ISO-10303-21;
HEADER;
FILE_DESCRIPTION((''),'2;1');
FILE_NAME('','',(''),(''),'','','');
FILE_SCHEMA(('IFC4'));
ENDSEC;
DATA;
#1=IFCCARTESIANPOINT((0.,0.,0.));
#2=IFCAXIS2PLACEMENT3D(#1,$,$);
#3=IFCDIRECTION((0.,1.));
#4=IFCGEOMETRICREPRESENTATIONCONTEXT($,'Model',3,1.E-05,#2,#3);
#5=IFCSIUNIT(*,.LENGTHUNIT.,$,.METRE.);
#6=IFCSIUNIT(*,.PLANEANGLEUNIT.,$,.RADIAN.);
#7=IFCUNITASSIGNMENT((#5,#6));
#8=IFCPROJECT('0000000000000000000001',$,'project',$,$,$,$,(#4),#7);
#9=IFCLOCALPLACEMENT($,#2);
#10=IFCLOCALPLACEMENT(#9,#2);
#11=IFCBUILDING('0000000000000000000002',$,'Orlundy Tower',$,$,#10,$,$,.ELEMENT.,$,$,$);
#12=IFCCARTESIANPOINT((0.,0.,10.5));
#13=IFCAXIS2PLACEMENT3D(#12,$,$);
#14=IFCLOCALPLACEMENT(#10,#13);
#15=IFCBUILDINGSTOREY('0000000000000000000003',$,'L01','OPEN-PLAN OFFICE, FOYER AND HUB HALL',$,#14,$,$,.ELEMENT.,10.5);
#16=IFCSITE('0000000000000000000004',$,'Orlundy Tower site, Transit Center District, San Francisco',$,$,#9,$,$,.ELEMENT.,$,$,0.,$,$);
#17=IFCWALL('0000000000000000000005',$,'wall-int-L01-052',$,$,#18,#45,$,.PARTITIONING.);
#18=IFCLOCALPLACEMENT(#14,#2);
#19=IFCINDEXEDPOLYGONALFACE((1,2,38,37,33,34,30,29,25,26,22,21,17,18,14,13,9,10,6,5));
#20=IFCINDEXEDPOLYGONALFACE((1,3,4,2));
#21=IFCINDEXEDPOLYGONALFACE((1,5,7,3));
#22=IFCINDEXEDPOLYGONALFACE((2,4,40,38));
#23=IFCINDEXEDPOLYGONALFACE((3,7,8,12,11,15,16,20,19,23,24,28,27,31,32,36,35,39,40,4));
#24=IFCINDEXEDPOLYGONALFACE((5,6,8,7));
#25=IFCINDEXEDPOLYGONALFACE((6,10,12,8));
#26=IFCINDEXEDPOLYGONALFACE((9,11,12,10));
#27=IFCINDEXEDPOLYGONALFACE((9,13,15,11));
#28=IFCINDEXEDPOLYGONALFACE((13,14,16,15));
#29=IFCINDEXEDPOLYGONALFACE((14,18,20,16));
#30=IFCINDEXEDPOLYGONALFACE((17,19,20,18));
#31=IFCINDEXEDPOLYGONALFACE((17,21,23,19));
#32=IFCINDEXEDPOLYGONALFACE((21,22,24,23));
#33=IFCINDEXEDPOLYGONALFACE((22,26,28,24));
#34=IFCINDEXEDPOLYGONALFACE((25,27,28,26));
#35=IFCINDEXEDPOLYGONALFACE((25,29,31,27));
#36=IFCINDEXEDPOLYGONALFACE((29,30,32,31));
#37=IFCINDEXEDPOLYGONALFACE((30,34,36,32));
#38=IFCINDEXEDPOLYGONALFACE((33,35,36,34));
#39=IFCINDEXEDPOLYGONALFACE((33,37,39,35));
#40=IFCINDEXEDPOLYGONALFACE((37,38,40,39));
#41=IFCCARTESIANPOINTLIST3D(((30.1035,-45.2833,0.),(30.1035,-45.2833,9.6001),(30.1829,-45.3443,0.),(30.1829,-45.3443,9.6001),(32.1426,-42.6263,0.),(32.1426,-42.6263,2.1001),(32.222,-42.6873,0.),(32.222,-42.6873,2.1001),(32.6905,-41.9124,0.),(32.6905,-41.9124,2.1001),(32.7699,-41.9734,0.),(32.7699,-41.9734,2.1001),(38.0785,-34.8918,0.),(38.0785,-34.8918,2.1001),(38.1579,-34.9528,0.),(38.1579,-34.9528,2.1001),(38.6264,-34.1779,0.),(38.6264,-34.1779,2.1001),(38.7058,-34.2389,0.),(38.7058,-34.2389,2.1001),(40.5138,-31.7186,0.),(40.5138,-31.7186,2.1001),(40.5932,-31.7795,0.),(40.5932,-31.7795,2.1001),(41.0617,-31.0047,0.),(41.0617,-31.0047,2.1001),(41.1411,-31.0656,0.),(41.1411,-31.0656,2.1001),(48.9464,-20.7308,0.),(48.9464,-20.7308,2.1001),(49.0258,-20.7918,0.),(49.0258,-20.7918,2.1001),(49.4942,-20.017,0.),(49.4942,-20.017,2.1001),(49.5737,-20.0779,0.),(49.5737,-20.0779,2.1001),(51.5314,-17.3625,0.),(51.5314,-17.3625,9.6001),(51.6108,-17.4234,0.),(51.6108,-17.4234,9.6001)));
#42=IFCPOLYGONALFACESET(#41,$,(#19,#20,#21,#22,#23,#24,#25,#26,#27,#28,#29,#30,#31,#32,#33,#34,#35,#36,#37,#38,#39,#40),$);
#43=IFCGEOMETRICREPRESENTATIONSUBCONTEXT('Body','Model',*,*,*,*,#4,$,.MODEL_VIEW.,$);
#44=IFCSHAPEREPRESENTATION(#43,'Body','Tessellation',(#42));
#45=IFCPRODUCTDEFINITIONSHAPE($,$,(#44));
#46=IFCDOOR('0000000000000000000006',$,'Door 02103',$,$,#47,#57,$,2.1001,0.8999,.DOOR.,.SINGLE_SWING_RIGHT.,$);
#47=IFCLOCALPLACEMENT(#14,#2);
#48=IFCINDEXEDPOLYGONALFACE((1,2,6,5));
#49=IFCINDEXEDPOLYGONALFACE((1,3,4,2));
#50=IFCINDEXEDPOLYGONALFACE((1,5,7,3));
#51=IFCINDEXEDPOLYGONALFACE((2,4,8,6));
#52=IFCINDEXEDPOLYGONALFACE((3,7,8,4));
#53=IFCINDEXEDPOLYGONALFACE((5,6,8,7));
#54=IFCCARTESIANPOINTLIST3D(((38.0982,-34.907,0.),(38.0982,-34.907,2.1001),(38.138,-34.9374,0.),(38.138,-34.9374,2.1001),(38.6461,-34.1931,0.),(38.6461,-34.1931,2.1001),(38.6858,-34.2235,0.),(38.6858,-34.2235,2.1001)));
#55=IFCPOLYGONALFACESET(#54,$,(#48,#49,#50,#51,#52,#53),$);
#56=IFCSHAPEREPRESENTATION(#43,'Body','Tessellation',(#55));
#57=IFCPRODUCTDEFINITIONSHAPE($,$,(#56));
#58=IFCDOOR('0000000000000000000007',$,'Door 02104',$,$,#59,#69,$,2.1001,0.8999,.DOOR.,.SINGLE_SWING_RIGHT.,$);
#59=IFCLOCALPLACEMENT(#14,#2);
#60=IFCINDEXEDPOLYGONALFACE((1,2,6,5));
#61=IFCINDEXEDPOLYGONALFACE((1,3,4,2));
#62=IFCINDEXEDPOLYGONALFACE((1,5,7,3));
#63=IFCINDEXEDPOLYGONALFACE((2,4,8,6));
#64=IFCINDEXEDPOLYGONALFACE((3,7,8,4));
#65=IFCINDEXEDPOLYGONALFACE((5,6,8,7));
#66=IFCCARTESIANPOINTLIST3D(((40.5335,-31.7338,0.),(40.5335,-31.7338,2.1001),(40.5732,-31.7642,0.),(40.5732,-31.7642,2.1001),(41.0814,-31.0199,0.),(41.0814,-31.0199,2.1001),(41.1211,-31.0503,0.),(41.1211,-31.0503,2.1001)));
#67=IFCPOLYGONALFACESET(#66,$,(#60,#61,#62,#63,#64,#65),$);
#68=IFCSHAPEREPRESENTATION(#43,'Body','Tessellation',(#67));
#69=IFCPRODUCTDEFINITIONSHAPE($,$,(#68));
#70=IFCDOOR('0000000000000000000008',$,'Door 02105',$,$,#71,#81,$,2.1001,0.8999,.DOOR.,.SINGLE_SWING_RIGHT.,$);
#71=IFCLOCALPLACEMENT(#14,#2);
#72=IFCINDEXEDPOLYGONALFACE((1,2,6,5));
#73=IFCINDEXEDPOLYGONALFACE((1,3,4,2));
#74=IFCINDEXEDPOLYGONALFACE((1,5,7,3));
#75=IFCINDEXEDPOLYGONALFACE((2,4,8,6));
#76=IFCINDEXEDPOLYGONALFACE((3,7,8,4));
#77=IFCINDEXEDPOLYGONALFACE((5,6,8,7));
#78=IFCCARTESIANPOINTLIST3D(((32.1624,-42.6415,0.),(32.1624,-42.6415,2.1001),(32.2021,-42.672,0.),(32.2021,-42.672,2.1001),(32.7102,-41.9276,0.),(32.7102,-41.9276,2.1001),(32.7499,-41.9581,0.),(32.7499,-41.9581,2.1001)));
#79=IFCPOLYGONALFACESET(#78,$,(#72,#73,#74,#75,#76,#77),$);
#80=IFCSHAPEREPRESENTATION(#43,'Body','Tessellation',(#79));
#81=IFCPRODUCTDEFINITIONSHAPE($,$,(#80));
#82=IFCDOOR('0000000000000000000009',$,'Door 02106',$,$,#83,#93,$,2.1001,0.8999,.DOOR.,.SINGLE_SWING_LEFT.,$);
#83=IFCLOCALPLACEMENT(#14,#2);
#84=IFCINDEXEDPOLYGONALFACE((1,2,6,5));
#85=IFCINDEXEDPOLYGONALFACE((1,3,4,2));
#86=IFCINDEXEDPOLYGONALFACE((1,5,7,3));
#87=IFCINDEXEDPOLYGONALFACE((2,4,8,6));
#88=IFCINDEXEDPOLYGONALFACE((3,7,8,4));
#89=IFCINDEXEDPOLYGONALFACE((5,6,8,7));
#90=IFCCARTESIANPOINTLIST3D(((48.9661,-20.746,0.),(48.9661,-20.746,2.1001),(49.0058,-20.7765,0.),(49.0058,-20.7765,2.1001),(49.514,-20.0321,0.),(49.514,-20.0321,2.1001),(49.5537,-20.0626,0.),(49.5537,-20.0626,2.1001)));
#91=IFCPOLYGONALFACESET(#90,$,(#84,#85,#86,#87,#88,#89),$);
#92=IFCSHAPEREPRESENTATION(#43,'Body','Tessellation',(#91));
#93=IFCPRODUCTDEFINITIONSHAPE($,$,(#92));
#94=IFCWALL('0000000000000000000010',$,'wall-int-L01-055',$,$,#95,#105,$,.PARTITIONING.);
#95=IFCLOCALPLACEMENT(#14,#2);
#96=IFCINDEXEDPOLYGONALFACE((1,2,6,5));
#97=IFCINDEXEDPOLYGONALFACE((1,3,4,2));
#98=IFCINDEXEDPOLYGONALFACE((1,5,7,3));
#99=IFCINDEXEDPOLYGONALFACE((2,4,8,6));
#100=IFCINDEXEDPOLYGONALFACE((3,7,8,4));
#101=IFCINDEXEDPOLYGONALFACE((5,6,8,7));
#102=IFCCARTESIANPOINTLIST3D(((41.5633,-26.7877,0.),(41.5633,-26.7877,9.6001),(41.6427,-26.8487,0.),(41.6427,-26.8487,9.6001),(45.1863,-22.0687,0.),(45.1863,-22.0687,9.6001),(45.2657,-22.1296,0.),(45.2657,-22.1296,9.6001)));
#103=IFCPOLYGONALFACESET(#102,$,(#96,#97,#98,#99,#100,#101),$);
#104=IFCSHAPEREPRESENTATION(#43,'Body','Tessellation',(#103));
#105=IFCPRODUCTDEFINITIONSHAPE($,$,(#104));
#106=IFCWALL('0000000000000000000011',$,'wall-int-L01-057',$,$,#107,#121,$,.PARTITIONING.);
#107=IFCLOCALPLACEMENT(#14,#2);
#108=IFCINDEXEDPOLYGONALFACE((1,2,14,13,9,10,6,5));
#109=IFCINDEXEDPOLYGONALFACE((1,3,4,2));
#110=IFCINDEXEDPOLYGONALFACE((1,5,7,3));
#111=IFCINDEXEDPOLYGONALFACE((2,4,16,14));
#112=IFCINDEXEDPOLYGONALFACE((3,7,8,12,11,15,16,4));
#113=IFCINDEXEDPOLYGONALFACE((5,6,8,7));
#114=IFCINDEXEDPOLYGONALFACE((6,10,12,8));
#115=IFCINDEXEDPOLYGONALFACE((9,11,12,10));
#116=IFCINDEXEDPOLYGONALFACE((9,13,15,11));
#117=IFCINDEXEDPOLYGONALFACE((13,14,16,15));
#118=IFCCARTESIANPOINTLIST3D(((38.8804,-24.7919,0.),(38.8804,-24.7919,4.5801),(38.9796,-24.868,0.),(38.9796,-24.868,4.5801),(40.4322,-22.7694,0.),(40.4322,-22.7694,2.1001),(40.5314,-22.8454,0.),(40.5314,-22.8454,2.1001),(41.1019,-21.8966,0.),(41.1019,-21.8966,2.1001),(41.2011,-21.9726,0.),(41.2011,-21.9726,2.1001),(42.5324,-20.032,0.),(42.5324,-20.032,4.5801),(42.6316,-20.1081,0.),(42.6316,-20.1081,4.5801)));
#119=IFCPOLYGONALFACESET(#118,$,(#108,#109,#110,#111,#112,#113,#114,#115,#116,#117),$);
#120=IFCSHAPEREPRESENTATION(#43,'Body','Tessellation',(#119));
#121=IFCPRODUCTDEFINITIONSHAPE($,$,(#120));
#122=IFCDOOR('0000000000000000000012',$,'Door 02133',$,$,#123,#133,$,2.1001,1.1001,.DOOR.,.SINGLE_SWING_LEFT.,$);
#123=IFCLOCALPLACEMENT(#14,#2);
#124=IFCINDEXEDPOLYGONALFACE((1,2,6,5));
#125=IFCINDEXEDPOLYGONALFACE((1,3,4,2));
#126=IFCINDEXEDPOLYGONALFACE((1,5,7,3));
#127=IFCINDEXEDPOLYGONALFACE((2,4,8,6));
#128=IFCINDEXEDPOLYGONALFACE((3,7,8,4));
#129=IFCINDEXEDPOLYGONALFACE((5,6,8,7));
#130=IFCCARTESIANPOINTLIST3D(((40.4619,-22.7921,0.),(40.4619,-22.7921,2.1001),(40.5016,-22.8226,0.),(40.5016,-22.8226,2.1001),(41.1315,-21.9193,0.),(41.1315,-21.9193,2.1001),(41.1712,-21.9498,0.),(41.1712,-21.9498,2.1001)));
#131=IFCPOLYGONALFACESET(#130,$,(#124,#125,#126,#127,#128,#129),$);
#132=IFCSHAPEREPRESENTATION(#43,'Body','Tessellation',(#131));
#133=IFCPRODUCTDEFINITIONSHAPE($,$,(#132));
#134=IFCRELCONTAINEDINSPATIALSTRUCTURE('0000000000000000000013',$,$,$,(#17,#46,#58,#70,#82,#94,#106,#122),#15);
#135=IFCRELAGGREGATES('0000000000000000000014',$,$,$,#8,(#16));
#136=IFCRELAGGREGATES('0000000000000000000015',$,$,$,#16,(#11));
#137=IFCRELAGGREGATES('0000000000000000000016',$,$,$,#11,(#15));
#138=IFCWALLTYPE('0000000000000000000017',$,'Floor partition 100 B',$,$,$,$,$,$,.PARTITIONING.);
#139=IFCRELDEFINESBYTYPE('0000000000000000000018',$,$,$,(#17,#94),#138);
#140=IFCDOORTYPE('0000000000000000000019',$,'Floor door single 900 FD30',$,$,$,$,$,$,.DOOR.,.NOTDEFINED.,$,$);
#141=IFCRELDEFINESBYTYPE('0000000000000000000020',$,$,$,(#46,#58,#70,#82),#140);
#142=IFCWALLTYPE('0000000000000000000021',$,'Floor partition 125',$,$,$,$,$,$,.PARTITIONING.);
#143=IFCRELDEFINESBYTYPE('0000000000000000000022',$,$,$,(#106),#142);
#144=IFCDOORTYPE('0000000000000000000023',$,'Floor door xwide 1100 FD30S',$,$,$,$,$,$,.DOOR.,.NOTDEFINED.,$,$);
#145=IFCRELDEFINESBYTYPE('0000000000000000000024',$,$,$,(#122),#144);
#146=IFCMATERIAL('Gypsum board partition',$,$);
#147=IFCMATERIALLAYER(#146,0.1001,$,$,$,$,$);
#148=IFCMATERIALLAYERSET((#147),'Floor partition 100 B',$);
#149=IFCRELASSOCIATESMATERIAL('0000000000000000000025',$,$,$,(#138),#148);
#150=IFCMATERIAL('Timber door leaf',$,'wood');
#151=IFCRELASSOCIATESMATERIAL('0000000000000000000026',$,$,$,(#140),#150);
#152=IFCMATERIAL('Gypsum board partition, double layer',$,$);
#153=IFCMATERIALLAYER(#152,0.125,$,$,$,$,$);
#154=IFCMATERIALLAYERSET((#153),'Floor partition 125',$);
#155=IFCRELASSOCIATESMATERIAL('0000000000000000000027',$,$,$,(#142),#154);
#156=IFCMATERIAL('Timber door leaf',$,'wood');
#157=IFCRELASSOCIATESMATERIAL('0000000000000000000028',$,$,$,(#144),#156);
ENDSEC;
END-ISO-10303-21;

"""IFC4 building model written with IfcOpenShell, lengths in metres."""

from ifc_helpers import new_model, si_unit, direction, frame, frame_2d, origin, place, context, subcontext, project, spatial, rectangle, extrude, material, layer, layer_set, type_object, element, fill, save


model = new_model("IFC4")

# Units and contexts
model_context = context("Model", 3, precision=1e-05, world=origin(), true_north=direction((0.0, 1.0)))
body_context = subcontext(model_context, "Body", "Model", "MODEL_VIEW")
ifc_project = project(units=[si_unit("LENGTHUNIT", "METRE"), si_unit("PLANEANGLEUNIT", "RADIAN")], contexts=[model_context])

# Site, building, storey
site_placement = place(None, origin())
site = spatial("IfcSite", under=ifc_project, at=site_placement, Name="Orlundy Tower site, Transit Center District, San Francisco", CompositionType="ELEMENT", RefElevation=0.0)
building_placement = place(site_placement, origin())
building = spatial("IfcBuilding", under=site, at=building_placement, Name="Orlundy Tower", CompositionType="ELEMENT")
storey_placement = place(building_placement, frame((0.0, 0.0, 10.5)))
storey = spatial("IfcBuildingStorey", under=building, at=storey_placement, Name="L01", Description="OPEN-PLAN OFFICE, FOYER AND HUB HALL", CompositionType="ELEMENT", Elevation=10.5)

# Shared definitions
ifc_material_1 = material(Name="Gypsum board partition")
ifc_layer_1 = layer(ifc_material_1, 0.1001)
ifc_layer_set_1 = layer_set([ifc_layer_1], Name="Floor partition 100 B")
wall_type_1 = type_object("IfcWallType", Name="Floor partition 100 B", PredefinedType="PARTITIONING", material=ifc_layer_set_1)

# Wall, openings, doors
wall_1_placement = place(storey_placement, frame((51.571, -17.3931, 0.0), z_axis=(0.0, 0.0, 1.0), x_axis=(-0.608824, -0.793305, 0.0)))
wall_1 = element("IfcWall", 1, at=wall_1_placement, inside=storey, type_object=wall_type_1, Name="wall-int-L01-052", PredefinedType="PARTITIONING", context=body_context, shape_type="SweptSolid", body=[
    extrude(rectangle(XDim=35.1956, YDim=0.1001, at=frame_2d((17.5977, 0.0))), origin(), (0.0, 0.0, 1.0), 9.6001),
])
opening_1_placement = place(wall_1_placement, frame((21.1965, 0.0, 0.0)))
opening_1 = element("IfcOpeningElement", 2, at=opening_1_placement, cuts=wall_1, PredefinedType="OPENING", context=body_context, shape_type="SweptSolid", body=[
    extrude(rectangle(XDim=0.8999, YDim=2.1001, at=frame_2d((0.45, 1.05))), frame((0.0, 0.0601, 0.0), z_axis=(0.0, -1.0, 0.0), x_axis=(1.0, 0.0, 0.0)), (0.0, 0.0, 1.0), 0.1201),
])
opening_2_placement = place(wall_1_placement, frame((17.1965, 0.0, 0.0)))
opening_2 = element("IfcOpeningElement", 3, at=opening_2_placement, cuts=wall_1, PredefinedType="OPENING", context=body_context, shape_type="SweptSolid", body=[
    extrude(rectangle(XDim=0.8999, YDim=2.1001, at=frame_2d((0.45, 1.05))), frame((0.0, 0.0601, 0.0), z_axis=(0.0, -1.0, 0.0), x_axis=(1.0, 0.0, 0.0)), (0.0, 0.0, 1.0), 0.1201),
])
opening_3_placement = place(wall_1_placement, frame((30.9463, 0.0, 0.0)))
opening_3 = element("IfcOpeningElement", 4, at=opening_3_placement, cuts=wall_1, PredefinedType="OPENING", context=body_context, shape_type="SweptSolid", body=[
    extrude(rectangle(XDim=0.8999, YDim=2.1001, at=frame_2d((0.45, 1.05))), frame((0.0, 0.0601, 0.0), z_axis=(0.0, -1.0, 0.0), x_axis=(1.0, 0.0, 0.0)), (0.0, 0.0, 1.0), 0.1201),
])
opening_4_placement = place(wall_1_placement, frame((3.3459, 0.0, 0.0)))
opening_4 = element("IfcOpeningElement", 5, at=opening_4_placement, cuts=wall_1, PredefinedType="OPENING", context=body_context, shape_type="SweptSolid", body=[
    extrude(rectangle(XDim=0.8999, YDim=2.1001, at=frame_2d((0.45, 1.05))), frame((0.0, 0.0601, 0.0), z_axis=(0.0, -1.0, 0.0), x_axis=(1.0, 0.0, 0.0)), (0.0, 0.0, 1.0), 0.1201),
])
ifc_material_2 = material(Name="Timber door leaf", Category="wood")
door_type_1 = type_object("IfcDoorType", Name="Floor door single 900 FD30", OperationType="NOTDEFINED", PredefinedType="DOOR", material=ifc_material_2)
door_1_placement = place(opening_1_placement, origin())
door_1 = element("IfcDoor", 6, at=door_1_placement, inside=storey, type_object=door_type_1, Name="Door 02103", OperationType="SINGLE_SWING_RIGHT", OverallHeight=2.1001, OverallWidth=0.8999, PredefinedType="DOOR", context=body_context, shape_type="SweptSolid", body=[
    extrude(rectangle(XDim=0.8999, YDim=2.1001, at=frame_2d((0.45, 1.05))), frame((0.0, 0.0249, 0.0), z_axis=(0.0, -1.0, 0.0), x_axis=(1.0, 0.0, 0.0)), (0.0, 0.0, 1.0), 0.05),
])
fill(opening_1, door_1)
door_2_placement = place(opening_2_placement, origin())
door_2 = element("IfcDoor", 7, at=door_2_placement, inside=storey, type_object=door_type_1, Name="Door 02104", OperationType="SINGLE_SWING_RIGHT", OverallHeight=2.1001, OverallWidth=0.8999, PredefinedType="DOOR", context=body_context, shape_type="SweptSolid", body=[
    extrude(rectangle(XDim=0.8999, YDim=2.1001, at=frame_2d((0.45, 1.05))), frame((0.0, 0.0249, 0.0), z_axis=(0.0, -1.0, 0.0), x_axis=(1.0, 0.0, 0.0)), (0.0, 0.0, 1.0), 0.05),
])
fill(opening_2, door_2)
door_3_placement = place(opening_3_placement, origin())
door_3 = element("IfcDoor", 8, at=door_3_placement, inside=storey, type_object=door_type_1, Name="Door 02105", OperationType="SINGLE_SWING_RIGHT", OverallHeight=2.1001, OverallWidth=0.8999, PredefinedType="DOOR", context=body_context, shape_type="SweptSolid", body=[
    extrude(rectangle(XDim=0.8999, YDim=2.1001, at=frame_2d((0.45, 1.05))), frame((0.0, 0.0249, 0.0), z_axis=(0.0, -1.0, 0.0), x_axis=(1.0, 0.0, 0.0)), (0.0, 0.0, 1.0), 0.05),
])
fill(opening_3, door_3)
door_4_placement = place(opening_4_placement, origin())
door_4 = element("IfcDoor", 9, at=door_4_placement, inside=storey, type_object=door_type_1, Name="Door 02106", OperationType="SINGLE_SWING_LEFT", OverallHeight=2.1001, OverallWidth=0.8999, PredefinedType="DOOR", context=body_context, shape_type="SweptSolid", body=[
    extrude(rectangle(XDim=0.8999, YDim=2.1001, at=frame_2d((0.45, 1.05))), frame((0.0, 0.0249, 0.0), z_axis=(0.0, -1.0, 0.0), x_axis=(1.0, 0.0, 0.0)), (0.0, 0.0, 1.0), 0.05),
])
fill(opening_4, door_4)

# Wall
wall_2_placement = place(storey_placement, frame((41.603, -26.8181, 0.0), z_axis=(0.0, 0.0, 1.0), x_axis=(0.608977, 0.793188, 0.0)))
element("IfcWall", 10, at=wall_2_placement, inside=storey, type_object=wall_type_1, Name="wall-int-L01-055", PredefinedType="PARTITIONING", context=body_context, shape_type="SweptSolid", body=[
    extrude(rectangle(XDim=5.9495, YDim=0.1001, at=frame_2d((2.9746, 0.0))), origin(), (0.0, 0.0, 1.0), 9.6001),
])

# Wall, opening, door
ifc_material_3 = material(Name="Gypsum board partition, double layer")
ifc_layer_2 = layer(ifc_material_3, 0.125)
ifc_layer_set_2 = layer_set([ifc_layer_2], Name="Floor partition 125")
wall_type_2 = type_object("IfcWallType", Name="Floor partition 125", PredefinedType="PARTITIONING", material=ifc_layer_set_2)
wall_3_placement = place(storey_placement, frame((42.582, -20.0701, 0.0), z_axis=(0.0, 0.0, 1.0), x_axis=(-0.608721, -0.793384, 0.0)))
wall_3 = element("IfcWall", 11, at=wall_3_placement, inside=storey, type_object=wall_type_2, Name="wall-int-L01-057", PredefinedType="PARTITIONING", context=body_context, shape_type="SweptSolid", body=[
    extrude(rectangle(XDim=5.9995, YDim=0.125, at=frame_2d((2.9998, 0.0))), origin(), (0.0, 0.0, 1.0), 4.5801),
])
opening_5_placement = place(wall_3_placement, frame((2.3501, 0.0, 0.0)))
opening_5 = element("IfcOpeningElement", 12, at=opening_5_placement, cuts=wall_3, PredefinedType="OPENING", context=body_context, shape_type="SweptSolid", body=[
    extrude(rectangle(XDim=1.1001, YDim=2.1001, at=frame_2d((0.55, 1.05))), frame((0.0, 0.0725, 0.0), z_axis=(0.0, -1.0, 0.0), x_axis=(1.0, 0.0, 0.0)), (0.0, 0.0, 1.0), 0.145),
])
ifc_material_4 = material(Name="Timber door leaf", Category="wood")
door_type_2 = type_object("IfcDoorType", Name="Floor door xwide 1100 FD30S", OperationType="NOTDEFINED", PredefinedType="DOOR", material=ifc_material_4)
door_5_placement = place(opening_5_placement, origin())
door_5 = element("IfcDoor", 13, at=door_5_placement, inside=storey, type_object=door_type_2, Name="Door 02133", OperationType="SINGLE_SWING_LEFT", OverallHeight=2.1001, OverallWidth=1.1001, PredefinedType="DOOR", context=body_context, shape_type="SweptSolid", body=[
    extrude(rectangle(XDim=1.1001, YDim=2.1001, at=frame_2d((0.55, 1.05))), frame((0.0, 0.0249, 0.0), z_axis=(0.0, -1.0, 0.0), x_axis=(1.0, 0.0, 0.0)), (0.0, 0.0, 1.0), 0.05),
])
fill(opening_5, door_5)

save(model, "model.ifc")
